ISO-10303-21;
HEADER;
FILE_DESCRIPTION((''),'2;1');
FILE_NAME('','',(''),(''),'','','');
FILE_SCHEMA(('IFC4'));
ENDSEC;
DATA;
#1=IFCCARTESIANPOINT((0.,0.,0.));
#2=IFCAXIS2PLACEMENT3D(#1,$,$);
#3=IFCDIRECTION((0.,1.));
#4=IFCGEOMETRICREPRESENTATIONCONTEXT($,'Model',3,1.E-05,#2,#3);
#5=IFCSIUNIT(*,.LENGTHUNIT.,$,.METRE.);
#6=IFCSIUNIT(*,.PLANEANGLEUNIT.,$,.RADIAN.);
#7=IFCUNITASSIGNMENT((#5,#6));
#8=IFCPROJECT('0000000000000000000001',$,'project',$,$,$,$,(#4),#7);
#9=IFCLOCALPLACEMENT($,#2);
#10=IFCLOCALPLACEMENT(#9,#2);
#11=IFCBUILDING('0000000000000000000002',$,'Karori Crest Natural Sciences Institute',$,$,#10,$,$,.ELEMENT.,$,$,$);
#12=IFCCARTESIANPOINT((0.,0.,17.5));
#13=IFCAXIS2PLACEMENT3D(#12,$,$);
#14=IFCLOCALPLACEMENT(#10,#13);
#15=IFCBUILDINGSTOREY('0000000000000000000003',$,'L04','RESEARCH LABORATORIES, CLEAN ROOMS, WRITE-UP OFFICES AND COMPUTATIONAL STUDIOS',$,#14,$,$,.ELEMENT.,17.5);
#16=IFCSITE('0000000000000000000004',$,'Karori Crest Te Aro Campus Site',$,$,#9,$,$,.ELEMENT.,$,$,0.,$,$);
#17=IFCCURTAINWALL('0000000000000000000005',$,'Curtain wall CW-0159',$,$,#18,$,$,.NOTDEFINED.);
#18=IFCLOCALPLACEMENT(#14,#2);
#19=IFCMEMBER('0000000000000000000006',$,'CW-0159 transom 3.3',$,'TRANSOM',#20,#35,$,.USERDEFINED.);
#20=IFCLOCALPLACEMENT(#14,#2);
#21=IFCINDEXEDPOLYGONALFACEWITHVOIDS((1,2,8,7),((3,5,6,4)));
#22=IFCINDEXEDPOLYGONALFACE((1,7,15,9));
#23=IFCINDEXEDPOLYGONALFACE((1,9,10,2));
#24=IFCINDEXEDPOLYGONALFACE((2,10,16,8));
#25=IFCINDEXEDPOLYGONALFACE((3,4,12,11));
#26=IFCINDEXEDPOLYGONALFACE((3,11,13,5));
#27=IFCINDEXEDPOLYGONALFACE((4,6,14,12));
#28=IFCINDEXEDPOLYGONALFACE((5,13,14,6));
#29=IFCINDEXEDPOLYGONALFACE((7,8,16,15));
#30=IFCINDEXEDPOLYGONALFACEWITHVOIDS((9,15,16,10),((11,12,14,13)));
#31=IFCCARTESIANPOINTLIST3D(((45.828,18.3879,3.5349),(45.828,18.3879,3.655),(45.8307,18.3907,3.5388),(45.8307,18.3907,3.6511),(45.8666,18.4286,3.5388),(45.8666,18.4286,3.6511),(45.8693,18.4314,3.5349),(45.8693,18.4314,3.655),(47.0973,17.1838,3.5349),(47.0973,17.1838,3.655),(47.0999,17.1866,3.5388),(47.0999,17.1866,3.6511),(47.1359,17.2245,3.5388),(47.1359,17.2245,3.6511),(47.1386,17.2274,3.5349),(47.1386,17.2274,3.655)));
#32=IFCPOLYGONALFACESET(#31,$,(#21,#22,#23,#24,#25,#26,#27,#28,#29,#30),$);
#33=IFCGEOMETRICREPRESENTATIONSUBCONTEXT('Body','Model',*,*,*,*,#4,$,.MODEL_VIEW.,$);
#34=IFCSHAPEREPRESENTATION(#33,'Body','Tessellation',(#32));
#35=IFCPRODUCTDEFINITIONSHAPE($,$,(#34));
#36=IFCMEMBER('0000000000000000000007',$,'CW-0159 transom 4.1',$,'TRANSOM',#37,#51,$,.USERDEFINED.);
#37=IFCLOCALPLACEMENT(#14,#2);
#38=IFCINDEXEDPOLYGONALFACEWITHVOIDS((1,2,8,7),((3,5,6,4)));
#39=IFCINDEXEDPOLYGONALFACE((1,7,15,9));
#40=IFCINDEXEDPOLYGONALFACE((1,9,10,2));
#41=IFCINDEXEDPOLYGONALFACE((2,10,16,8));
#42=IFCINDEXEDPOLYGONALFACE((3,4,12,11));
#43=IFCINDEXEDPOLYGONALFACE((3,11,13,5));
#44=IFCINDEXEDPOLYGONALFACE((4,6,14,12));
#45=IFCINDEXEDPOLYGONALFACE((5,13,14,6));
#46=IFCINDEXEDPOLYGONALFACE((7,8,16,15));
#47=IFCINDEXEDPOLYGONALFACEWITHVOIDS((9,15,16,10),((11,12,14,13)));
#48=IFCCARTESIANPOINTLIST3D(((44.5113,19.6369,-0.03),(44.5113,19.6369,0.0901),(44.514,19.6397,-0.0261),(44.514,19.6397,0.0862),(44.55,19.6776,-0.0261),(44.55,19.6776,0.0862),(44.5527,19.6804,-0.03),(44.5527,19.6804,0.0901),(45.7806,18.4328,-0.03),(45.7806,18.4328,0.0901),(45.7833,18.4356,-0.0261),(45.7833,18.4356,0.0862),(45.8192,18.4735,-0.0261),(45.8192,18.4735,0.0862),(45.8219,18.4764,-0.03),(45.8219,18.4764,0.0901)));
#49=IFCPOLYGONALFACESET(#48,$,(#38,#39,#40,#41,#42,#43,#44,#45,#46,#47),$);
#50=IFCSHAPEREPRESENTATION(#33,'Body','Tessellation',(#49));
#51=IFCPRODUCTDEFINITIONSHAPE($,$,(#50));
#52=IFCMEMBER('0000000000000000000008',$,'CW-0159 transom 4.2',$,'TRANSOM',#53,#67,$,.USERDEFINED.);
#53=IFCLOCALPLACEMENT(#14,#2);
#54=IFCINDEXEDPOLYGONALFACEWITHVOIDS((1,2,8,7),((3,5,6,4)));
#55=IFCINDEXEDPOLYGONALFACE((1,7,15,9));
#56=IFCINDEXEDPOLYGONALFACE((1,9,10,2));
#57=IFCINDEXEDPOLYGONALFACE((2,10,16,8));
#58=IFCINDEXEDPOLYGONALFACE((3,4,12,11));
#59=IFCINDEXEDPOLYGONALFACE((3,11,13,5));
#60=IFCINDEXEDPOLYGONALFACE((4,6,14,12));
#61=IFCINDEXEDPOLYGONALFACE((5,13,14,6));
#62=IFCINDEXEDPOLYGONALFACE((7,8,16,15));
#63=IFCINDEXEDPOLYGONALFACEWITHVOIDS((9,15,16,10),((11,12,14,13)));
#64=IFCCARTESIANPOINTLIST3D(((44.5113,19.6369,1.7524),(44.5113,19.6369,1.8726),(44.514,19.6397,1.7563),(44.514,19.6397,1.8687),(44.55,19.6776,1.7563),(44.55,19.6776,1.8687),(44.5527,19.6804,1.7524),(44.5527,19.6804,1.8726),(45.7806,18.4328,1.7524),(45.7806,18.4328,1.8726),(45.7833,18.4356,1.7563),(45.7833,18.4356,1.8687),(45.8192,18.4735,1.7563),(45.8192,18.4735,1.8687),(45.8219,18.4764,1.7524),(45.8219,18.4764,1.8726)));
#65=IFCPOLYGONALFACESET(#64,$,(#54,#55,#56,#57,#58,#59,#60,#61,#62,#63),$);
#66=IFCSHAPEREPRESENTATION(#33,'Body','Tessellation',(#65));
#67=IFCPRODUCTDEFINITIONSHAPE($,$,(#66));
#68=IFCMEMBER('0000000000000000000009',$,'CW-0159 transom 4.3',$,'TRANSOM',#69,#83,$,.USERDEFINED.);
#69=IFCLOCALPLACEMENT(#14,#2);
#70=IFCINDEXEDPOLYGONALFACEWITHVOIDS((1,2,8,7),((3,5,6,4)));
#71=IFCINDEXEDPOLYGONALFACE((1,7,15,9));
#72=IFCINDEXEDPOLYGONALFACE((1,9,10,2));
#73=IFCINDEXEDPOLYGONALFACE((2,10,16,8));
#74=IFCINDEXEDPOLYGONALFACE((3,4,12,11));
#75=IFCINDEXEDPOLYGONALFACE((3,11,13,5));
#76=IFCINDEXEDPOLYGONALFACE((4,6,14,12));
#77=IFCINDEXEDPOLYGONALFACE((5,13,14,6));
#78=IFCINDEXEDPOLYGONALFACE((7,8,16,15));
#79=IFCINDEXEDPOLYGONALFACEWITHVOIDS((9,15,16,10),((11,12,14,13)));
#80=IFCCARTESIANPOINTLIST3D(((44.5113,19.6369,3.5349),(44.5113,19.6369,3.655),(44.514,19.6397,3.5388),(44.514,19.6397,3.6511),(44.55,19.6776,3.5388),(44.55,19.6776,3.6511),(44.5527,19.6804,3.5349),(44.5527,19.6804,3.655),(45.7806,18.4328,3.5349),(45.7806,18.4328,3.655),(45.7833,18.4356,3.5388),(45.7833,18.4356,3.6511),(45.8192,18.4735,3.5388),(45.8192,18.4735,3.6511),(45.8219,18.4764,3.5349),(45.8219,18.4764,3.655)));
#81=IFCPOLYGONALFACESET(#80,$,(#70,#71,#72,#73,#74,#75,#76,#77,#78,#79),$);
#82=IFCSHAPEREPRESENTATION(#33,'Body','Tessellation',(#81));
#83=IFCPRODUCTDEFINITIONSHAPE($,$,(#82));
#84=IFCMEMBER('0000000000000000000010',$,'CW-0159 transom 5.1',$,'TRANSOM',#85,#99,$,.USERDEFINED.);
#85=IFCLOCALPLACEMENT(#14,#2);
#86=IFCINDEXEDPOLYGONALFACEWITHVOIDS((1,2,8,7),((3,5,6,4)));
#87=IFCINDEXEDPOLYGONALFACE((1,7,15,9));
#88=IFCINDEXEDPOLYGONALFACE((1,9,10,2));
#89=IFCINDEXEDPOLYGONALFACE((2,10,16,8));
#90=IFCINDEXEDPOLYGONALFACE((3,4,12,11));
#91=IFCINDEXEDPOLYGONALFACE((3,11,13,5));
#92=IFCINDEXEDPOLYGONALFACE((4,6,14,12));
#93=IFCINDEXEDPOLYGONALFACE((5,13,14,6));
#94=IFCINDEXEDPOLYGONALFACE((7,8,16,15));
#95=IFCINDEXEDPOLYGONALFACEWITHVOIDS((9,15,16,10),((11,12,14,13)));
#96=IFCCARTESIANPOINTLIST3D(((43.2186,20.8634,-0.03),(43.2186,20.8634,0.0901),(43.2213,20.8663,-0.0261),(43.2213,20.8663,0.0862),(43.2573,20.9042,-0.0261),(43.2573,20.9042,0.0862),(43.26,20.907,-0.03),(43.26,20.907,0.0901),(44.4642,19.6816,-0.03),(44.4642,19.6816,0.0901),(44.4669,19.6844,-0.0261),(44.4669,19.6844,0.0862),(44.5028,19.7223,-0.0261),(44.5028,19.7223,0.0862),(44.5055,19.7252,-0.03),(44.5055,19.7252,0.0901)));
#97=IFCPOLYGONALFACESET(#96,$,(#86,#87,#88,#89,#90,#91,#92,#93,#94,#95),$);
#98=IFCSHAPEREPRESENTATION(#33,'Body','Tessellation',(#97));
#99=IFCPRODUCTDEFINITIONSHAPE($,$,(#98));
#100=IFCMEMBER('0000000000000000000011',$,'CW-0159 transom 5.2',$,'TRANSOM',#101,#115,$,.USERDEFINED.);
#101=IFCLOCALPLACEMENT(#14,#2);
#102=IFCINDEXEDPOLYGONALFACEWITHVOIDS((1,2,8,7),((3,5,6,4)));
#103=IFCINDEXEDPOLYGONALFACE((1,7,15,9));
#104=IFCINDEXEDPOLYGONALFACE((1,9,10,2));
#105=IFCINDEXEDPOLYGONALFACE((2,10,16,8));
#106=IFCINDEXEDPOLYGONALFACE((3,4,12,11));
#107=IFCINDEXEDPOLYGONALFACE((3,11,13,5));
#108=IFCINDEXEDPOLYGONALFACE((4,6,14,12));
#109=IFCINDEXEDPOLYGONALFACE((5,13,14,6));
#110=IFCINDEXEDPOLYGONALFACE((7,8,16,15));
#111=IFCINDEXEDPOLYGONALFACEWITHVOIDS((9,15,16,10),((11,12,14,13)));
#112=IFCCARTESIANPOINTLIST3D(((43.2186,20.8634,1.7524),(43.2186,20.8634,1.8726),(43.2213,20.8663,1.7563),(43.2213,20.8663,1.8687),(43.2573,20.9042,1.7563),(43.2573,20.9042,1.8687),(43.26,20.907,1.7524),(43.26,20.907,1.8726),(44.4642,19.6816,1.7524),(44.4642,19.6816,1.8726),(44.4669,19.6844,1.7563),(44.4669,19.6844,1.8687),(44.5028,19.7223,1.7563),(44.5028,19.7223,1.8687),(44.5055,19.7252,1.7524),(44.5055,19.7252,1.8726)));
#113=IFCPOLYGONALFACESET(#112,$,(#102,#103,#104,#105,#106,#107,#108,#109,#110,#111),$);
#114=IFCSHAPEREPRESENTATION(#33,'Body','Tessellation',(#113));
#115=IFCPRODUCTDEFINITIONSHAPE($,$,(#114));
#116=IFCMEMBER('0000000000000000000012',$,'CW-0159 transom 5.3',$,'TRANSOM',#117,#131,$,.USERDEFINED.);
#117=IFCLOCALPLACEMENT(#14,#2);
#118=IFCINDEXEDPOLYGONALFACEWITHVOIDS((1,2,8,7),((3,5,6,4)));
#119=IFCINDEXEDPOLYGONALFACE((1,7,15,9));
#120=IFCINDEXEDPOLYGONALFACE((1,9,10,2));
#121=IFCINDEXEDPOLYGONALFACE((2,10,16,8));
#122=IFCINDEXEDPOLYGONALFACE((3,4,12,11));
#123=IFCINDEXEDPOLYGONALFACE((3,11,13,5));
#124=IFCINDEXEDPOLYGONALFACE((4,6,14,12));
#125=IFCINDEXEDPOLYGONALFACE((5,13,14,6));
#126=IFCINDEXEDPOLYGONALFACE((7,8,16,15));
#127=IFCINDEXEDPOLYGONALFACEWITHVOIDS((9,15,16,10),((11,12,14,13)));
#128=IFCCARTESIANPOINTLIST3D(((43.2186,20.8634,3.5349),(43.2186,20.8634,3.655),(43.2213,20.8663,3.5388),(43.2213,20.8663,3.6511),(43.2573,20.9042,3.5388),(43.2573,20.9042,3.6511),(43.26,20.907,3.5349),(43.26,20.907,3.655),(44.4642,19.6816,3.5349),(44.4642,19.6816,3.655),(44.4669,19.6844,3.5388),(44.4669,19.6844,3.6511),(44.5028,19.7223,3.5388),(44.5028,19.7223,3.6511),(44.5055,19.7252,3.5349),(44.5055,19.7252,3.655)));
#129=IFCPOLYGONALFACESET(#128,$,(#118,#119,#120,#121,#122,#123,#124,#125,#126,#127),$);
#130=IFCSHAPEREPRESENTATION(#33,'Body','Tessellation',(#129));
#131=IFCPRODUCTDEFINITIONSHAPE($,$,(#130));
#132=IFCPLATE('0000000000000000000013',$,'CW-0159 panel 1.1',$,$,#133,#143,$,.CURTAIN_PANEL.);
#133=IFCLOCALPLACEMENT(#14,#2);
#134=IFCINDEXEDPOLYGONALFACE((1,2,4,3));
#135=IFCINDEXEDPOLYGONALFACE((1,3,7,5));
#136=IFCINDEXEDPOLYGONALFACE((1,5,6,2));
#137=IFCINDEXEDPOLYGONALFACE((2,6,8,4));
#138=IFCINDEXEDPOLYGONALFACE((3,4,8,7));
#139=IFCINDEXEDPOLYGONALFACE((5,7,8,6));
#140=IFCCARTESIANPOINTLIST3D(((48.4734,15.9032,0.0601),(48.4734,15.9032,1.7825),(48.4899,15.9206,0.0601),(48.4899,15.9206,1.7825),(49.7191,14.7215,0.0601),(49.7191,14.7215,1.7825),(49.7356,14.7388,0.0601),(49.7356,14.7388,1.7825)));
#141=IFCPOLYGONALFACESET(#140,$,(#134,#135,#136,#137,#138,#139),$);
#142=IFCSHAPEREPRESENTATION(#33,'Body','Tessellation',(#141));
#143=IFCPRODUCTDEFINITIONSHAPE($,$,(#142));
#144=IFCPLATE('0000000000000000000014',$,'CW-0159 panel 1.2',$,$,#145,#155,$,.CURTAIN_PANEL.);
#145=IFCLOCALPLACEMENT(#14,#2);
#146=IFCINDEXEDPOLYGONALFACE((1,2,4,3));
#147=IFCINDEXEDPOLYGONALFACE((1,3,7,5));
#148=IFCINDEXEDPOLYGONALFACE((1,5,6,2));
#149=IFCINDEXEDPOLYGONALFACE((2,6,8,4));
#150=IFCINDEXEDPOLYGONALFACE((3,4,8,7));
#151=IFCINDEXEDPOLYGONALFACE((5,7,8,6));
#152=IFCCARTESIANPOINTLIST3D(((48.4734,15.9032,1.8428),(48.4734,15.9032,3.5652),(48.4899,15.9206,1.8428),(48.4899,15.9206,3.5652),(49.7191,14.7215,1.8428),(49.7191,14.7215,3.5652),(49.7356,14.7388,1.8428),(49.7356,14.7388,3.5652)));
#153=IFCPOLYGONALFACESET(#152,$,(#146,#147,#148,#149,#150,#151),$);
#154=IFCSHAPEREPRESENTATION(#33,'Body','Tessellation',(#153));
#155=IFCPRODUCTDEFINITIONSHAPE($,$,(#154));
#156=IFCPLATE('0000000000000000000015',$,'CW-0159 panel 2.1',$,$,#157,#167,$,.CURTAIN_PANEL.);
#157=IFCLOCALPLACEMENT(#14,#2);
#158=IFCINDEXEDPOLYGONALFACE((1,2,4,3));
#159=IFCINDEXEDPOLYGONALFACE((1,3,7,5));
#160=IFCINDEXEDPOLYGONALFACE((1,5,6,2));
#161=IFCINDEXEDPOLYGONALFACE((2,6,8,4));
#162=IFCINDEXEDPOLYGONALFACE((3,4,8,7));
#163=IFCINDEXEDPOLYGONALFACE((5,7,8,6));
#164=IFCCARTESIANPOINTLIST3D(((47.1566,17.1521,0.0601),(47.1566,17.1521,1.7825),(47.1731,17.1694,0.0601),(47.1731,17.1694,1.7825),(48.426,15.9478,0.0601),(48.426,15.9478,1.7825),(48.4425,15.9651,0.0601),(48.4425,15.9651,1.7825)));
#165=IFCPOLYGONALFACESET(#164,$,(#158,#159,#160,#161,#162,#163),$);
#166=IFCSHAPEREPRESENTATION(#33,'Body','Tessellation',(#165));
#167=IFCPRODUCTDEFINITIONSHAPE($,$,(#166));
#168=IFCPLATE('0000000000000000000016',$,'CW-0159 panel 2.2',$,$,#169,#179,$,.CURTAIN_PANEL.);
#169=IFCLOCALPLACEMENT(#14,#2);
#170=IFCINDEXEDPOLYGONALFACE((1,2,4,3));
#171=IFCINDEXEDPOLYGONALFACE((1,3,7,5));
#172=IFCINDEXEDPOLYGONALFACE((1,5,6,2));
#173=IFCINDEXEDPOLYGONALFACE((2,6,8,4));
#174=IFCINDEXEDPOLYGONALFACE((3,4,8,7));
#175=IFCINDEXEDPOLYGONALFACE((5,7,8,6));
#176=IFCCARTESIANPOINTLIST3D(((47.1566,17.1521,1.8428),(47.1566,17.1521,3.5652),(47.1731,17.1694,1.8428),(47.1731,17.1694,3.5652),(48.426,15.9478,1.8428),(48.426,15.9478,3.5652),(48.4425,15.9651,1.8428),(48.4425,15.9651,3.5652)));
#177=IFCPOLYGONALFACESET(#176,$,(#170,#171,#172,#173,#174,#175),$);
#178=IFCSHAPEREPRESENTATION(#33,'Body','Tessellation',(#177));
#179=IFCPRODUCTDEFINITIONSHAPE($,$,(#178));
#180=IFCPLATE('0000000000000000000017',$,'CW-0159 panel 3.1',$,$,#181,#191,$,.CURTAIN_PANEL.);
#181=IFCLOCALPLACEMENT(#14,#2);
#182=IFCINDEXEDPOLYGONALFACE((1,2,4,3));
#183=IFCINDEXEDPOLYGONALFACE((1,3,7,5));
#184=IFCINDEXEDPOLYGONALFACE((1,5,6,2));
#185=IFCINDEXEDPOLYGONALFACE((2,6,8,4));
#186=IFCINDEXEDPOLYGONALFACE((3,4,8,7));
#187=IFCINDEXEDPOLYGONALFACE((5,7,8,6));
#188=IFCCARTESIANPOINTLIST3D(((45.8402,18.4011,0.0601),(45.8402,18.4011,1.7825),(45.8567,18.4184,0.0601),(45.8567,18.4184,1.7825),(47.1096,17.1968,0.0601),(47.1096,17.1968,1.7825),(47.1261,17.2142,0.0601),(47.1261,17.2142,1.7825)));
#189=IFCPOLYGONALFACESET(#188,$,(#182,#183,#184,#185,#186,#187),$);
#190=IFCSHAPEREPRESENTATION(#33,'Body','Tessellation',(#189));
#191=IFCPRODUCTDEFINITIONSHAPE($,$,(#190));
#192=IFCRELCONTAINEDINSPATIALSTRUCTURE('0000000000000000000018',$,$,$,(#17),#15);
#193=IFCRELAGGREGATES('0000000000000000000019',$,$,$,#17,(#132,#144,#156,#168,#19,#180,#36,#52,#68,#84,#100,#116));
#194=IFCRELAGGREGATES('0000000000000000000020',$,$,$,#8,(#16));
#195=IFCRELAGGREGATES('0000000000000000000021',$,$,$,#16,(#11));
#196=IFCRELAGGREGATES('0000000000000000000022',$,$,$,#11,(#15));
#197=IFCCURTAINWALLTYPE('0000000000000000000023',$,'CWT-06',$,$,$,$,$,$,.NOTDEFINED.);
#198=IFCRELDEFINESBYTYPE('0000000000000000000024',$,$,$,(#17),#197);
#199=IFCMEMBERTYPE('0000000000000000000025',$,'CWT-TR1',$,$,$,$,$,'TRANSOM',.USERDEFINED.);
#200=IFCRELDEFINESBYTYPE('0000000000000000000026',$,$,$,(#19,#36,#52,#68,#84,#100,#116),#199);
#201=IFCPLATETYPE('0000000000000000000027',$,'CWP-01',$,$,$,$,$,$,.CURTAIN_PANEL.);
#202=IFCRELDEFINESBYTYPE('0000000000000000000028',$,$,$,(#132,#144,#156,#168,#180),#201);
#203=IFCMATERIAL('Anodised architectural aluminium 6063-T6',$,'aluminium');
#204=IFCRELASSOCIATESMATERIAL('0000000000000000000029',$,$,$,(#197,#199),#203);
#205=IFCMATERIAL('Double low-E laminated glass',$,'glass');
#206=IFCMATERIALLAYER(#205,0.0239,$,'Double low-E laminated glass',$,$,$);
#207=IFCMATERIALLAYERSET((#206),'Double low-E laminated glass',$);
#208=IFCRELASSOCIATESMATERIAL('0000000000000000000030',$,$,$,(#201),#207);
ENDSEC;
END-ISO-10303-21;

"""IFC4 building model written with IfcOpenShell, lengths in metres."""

from ifc_helpers import new_model, si_unit, direction, frame, origin, origin_2d, place, context, subcontext, project, spatial, rectangle, hollow_rectangle, extrude, material, layer, layer_set, material_profile, profile_set, type_object, element, aggregate, save


model = new_model("IFC4")

# Units and contexts
model_context = context("Model", 3, precision=1e-05, world=origin(), true_north=direction((0.0, 1.0)))
body_context = subcontext(model_context, "Body", "Model", "MODEL_VIEW")
ifc_project = project(units=[si_unit("LENGTHUNIT", "METRE"), si_unit("PLANEANGLEUNIT", "RADIAN")], contexts=[model_context])

# Site, building, storey
site_placement = place(None, origin())
site = spatial("IfcSite", under=ifc_project, at=site_placement, Name="Karori Crest Te Aro Campus Site", CompositionType="ELEMENT", RefElevation=0.0)
building_placement = place(site_placement, origin())
building = spatial("IfcBuilding", under=site, at=building_placement, Name="Karori Crest Natural Sciences Institute", CompositionType="ELEMENT")
storey_placement = place(building_placement, frame((0.0, 0.0, 17.5)))
storey = spatial("IfcBuildingStorey", under=building, at=storey_placement, Name="L04", Description="RESEARCH LABORATORIES, CLEAN ROOMS, WRITE-UP OFFICES AND COMPUTATIONAL STUDIOS", CompositionType="ELEMENT", Elevation=17.5)

# Curtain wall, members, plates
ifc_material_1 = material(Name="Anodised architectural aluminium 6063-T6", Category="aluminium")
curtain_wall_type = type_object("IfcCurtainWallType", Name="CWT-06", PredefinedType="NOTDEFINED", material=ifc_material_1)
curtain_wall_placement = place(storey_placement, origin())
curtain_wall = element("IfcCurtainWall", 1, at=curtain_wall_placement, inside=storey, type_object=curtain_wall_type, Name="Curtain wall CW-0159", PredefinedType="NOTDEFINED")
ifc_material_profile_1 = material_profile(ifc_material_1, hollow_rectangle(XDim=0.0601, YDim=0.1201, WallThickness=0.0039, at=origin_2d()), Name="CWT120x60x4")
ifc_profile_set_1 = profile_set([ifc_material_profile_1], Name="Anodised architectural aluminium 6063-T6")
member_type_1 = type_object("IfcMemberType", Name="CWT-TR1", ElementType="TRANSOM", PredefinedType="USERDEFINED", material=ifc_profile_set_1)
member_1_placement = place(storey_placement, frame((47.1179, 17.2056, 3.595), z_axis=(-0.72549, 0.688232, 0.0), x_axis=(-0.688232, -0.72549, 0.0)))
member_1 = element("IfcMember", 2, at=member_1_placement, type_object=member_type_1, Name="CW-0159 transom 3.3", ObjectType="TRANSOM", PredefinedType="USERDEFINED", context=body_context, shape_type="SweptSolid", body=[
    extrude(hollow_rectangle(XDim=0.0601, YDim=0.1201, WallThickness=0.0039, at=origin_2d()), origin(), (0.0, 0.0, 1.0), 1.7495),
])
member_2_placement = place(storey_placement, frame((45.8013, 18.4546, 0.03), z_axis=(-0.72549, 0.688232, 0.0), x_axis=(-0.688232, -0.72549, 0.0)))
member_2 = element("IfcMember", 3, at=member_2_placement, type_object=member_type_1, Name="CW-0159 transom 4.1", ObjectType="TRANSOM", PredefinedType="USERDEFINED", context=body_context, shape_type="SweptSolid", body=[
    extrude(hollow_rectangle(XDim=0.0601, YDim=0.1201, WallThickness=0.0039, at=origin_2d()), origin(), (0.0, 0.0, 1.0), 1.7495),
])
member_3_placement = place(storey_placement, frame((45.8013, 18.4546, 1.8125), z_axis=(-0.72549, 0.688232, 0.0), x_axis=(-0.688232, -0.72549, 0.0)))
member_3 = element("IfcMember", 4, at=member_3_placement, type_object=member_type_1, Name="CW-0159 transom 4.2", ObjectType="TRANSOM", PredefinedType="USERDEFINED", context=body_context, shape_type="SweptSolid", body=[
    extrude(hollow_rectangle(XDim=0.0601, YDim=0.1201, WallThickness=0.0039, at=origin_2d()), origin(), (0.0, 0.0, 1.0), 1.7495),
])
member_4_placement = place(storey_placement, frame((45.8013, 18.4546, 3.595), z_axis=(-0.72549, 0.688232, 0.0), x_axis=(-0.688232, -0.72549, 0.0)))
member_4 = element("IfcMember", 5, at=member_4_placement, type_object=member_type_1, Name="CW-0159 transom 4.3", ObjectType="TRANSOM", PredefinedType="USERDEFINED", context=body_context, shape_type="SweptSolid", body=[
    extrude(hollow_rectangle(XDim=0.0601, YDim=0.1201, WallThickness=0.0039, at=origin_2d()), origin(), (0.0, 0.0, 1.0), 1.7495),
])
member_5_placement = place(storey_placement, frame((44.4849, 19.7034, 0.03), z_axis=(-0.725418, 0.688308, 0.0), x_axis=(-0.688308, -0.725418, 0.0)))
member_5 = element("IfcMember", 6, at=member_5_placement, type_object=member_type_1, Name="CW-0159 transom 5.1", ObjectType="TRANSOM", PredefinedType="USERDEFINED", context=body_context, shape_type="SweptSolid", body=[
    extrude(hollow_rectangle(XDim=0.0601, YDim=0.1201, WallThickness=0.0039, at=origin_2d()), origin(), (0.0, 0.0, 1.0), 1.717),
])
member_6_placement = place(storey_placement, frame((44.4849, 19.7034, 1.8125), z_axis=(-0.725418, 0.688308, 0.0), x_axis=(-0.688308, -0.725418, 0.0)))
member_6 = element("IfcMember", 7, at=member_6_placement, type_object=member_type_1, Name="CW-0159 transom 5.2", ObjectType="TRANSOM", PredefinedType="USERDEFINED", context=body_context, shape_type="SweptSolid", body=[
    extrude(hollow_rectangle(XDim=0.0601, YDim=0.1201, WallThickness=0.0039, at=origin_2d()), origin(), (0.0, 0.0, 1.0), 1.717),
])
member_7_placement = place(storey_placement, frame((44.4849, 19.7034, 3.595), z_axis=(-0.725418, 0.688308, 0.0), x_axis=(-0.688308, -0.725418, 0.0)))
member_7 = element("IfcMember", 8, at=member_7_placement, type_object=member_type_1, Name="CW-0159 transom 5.3", ObjectType="TRANSOM", PredefinedType="USERDEFINED", context=body_context, shape_type="SweptSolid", body=[
    extrude(hollow_rectangle(XDim=0.0601, YDim=0.1201, WallThickness=0.0039, at=origin_2d()), origin(), (0.0, 0.0, 1.0), 1.717),
])
ifc_material_2 = material(Name="Double low-E laminated glass", Category="glass")
ifc_layer_1 = layer(ifc_material_2, 0.0239, Name="Double low-E laminated glass")
ifc_layer_set_1 = layer_set([ifc_layer_1], Name="Double low-E laminated glass")
plate_type = type_object("IfcPlateType", Name="CWP-01", PredefinedType="CURTAIN_PANEL", material=ifc_layer_set_1)
plate_1_placement = place(storey_placement, frame((49.1045, 15.321, 0.0601), z_axis=(0.0, 0.0, 1.0), x_axis=(-0.725471, 0.688252, 0.0)))
plate_1 = element("IfcPlate", 9, at=plate_1_placement, type_object=plate_type, Name="CW-0159 panel 1.1", PredefinedType="CURTAIN_PANEL", context=body_context, shape_type="SweptSolid", body=[
    extrude(rectangle(XDim=1.717, YDim=0.0239, at=origin_2d()), origin(), (0.0, 0.0, 1.0), 1.7224),
])
plate_2_placement = place(storey_placement, frame((49.1045, 15.321, 1.8428), z_axis=(0.0, 0.0, 1.0), x_axis=(-0.725471, 0.688252, 0.0)))
plate_2 = element("IfcPlate", 10, at=plate_2_placement, type_object=plate_type, Name="CW-0159 panel 1.2", PredefinedType="CURTAIN_PANEL", context=body_context, shape_type="SweptSolid", body=[
    extrude(rectangle(XDim=1.717, YDim=0.0239, at=origin_2d()), origin(), (0.0, 0.0, 1.0), 1.7224),
])
plate_3_placement = place(storey_placement, frame((47.7996, 16.5586, 0.0601), z_axis=(0.0, 0.0, 1.0), x_axis=(-0.725471, 0.688252, 0.0)))
plate_3 = element("IfcPlate", 11, at=plate_3_placement, type_object=plate_type, Name="CW-0159 panel 2.1", PredefinedType="CURTAIN_PANEL", context=body_context, shape_type="SweptSolid", body=[
    extrude(rectangle(XDim=1.7498, YDim=0.0239, at=origin_2d()), origin(), (0.0, 0.0, 1.0), 1.7224),
])
plate_4_placement = place(storey_placement, frame((47.7996, 16.5586, 1.8428), z_axis=(0.0, 0.0, 1.0), x_axis=(-0.725471, 0.688252, 0.0)))
plate_4 = element("IfcPlate", 12, at=plate_4_placement, type_object=plate_type, Name="CW-0159 panel 2.2", PredefinedType="CURTAIN_PANEL", context=body_context, shape_type="SweptSolid", body=[
    extrude(rectangle(XDim=1.7498, YDim=0.0239, at=origin_2d()), origin(), (0.0, 0.0, 1.0), 1.7224),
])
plate_5_placement = place(storey_placement, frame((46.4832, 17.8076, 0.0601), z_axis=(0.0, 0.0, 1.0), x_axis=(-0.725471, 0.688252, 0.0)))
plate_5 = element("IfcPlate", 13, at=plate_5_placement, type_object=plate_type, Name="CW-0159 panel 3.1", PredefinedType="CURTAIN_PANEL", context=body_context, shape_type="SweptSolid", body=[
    extrude(rectangle(XDim=1.7498, YDim=0.0239, at=origin_2d()), origin(), (0.0, 0.0, 1.0), 1.7224),
])
aggregate(curtain_wall, [plate_1, plate_2, plate_3, plate_4, member_1, plate_5, member_2, member_3, member_4, member_5, member_6, member_7])

save(model, "model.ifc")
